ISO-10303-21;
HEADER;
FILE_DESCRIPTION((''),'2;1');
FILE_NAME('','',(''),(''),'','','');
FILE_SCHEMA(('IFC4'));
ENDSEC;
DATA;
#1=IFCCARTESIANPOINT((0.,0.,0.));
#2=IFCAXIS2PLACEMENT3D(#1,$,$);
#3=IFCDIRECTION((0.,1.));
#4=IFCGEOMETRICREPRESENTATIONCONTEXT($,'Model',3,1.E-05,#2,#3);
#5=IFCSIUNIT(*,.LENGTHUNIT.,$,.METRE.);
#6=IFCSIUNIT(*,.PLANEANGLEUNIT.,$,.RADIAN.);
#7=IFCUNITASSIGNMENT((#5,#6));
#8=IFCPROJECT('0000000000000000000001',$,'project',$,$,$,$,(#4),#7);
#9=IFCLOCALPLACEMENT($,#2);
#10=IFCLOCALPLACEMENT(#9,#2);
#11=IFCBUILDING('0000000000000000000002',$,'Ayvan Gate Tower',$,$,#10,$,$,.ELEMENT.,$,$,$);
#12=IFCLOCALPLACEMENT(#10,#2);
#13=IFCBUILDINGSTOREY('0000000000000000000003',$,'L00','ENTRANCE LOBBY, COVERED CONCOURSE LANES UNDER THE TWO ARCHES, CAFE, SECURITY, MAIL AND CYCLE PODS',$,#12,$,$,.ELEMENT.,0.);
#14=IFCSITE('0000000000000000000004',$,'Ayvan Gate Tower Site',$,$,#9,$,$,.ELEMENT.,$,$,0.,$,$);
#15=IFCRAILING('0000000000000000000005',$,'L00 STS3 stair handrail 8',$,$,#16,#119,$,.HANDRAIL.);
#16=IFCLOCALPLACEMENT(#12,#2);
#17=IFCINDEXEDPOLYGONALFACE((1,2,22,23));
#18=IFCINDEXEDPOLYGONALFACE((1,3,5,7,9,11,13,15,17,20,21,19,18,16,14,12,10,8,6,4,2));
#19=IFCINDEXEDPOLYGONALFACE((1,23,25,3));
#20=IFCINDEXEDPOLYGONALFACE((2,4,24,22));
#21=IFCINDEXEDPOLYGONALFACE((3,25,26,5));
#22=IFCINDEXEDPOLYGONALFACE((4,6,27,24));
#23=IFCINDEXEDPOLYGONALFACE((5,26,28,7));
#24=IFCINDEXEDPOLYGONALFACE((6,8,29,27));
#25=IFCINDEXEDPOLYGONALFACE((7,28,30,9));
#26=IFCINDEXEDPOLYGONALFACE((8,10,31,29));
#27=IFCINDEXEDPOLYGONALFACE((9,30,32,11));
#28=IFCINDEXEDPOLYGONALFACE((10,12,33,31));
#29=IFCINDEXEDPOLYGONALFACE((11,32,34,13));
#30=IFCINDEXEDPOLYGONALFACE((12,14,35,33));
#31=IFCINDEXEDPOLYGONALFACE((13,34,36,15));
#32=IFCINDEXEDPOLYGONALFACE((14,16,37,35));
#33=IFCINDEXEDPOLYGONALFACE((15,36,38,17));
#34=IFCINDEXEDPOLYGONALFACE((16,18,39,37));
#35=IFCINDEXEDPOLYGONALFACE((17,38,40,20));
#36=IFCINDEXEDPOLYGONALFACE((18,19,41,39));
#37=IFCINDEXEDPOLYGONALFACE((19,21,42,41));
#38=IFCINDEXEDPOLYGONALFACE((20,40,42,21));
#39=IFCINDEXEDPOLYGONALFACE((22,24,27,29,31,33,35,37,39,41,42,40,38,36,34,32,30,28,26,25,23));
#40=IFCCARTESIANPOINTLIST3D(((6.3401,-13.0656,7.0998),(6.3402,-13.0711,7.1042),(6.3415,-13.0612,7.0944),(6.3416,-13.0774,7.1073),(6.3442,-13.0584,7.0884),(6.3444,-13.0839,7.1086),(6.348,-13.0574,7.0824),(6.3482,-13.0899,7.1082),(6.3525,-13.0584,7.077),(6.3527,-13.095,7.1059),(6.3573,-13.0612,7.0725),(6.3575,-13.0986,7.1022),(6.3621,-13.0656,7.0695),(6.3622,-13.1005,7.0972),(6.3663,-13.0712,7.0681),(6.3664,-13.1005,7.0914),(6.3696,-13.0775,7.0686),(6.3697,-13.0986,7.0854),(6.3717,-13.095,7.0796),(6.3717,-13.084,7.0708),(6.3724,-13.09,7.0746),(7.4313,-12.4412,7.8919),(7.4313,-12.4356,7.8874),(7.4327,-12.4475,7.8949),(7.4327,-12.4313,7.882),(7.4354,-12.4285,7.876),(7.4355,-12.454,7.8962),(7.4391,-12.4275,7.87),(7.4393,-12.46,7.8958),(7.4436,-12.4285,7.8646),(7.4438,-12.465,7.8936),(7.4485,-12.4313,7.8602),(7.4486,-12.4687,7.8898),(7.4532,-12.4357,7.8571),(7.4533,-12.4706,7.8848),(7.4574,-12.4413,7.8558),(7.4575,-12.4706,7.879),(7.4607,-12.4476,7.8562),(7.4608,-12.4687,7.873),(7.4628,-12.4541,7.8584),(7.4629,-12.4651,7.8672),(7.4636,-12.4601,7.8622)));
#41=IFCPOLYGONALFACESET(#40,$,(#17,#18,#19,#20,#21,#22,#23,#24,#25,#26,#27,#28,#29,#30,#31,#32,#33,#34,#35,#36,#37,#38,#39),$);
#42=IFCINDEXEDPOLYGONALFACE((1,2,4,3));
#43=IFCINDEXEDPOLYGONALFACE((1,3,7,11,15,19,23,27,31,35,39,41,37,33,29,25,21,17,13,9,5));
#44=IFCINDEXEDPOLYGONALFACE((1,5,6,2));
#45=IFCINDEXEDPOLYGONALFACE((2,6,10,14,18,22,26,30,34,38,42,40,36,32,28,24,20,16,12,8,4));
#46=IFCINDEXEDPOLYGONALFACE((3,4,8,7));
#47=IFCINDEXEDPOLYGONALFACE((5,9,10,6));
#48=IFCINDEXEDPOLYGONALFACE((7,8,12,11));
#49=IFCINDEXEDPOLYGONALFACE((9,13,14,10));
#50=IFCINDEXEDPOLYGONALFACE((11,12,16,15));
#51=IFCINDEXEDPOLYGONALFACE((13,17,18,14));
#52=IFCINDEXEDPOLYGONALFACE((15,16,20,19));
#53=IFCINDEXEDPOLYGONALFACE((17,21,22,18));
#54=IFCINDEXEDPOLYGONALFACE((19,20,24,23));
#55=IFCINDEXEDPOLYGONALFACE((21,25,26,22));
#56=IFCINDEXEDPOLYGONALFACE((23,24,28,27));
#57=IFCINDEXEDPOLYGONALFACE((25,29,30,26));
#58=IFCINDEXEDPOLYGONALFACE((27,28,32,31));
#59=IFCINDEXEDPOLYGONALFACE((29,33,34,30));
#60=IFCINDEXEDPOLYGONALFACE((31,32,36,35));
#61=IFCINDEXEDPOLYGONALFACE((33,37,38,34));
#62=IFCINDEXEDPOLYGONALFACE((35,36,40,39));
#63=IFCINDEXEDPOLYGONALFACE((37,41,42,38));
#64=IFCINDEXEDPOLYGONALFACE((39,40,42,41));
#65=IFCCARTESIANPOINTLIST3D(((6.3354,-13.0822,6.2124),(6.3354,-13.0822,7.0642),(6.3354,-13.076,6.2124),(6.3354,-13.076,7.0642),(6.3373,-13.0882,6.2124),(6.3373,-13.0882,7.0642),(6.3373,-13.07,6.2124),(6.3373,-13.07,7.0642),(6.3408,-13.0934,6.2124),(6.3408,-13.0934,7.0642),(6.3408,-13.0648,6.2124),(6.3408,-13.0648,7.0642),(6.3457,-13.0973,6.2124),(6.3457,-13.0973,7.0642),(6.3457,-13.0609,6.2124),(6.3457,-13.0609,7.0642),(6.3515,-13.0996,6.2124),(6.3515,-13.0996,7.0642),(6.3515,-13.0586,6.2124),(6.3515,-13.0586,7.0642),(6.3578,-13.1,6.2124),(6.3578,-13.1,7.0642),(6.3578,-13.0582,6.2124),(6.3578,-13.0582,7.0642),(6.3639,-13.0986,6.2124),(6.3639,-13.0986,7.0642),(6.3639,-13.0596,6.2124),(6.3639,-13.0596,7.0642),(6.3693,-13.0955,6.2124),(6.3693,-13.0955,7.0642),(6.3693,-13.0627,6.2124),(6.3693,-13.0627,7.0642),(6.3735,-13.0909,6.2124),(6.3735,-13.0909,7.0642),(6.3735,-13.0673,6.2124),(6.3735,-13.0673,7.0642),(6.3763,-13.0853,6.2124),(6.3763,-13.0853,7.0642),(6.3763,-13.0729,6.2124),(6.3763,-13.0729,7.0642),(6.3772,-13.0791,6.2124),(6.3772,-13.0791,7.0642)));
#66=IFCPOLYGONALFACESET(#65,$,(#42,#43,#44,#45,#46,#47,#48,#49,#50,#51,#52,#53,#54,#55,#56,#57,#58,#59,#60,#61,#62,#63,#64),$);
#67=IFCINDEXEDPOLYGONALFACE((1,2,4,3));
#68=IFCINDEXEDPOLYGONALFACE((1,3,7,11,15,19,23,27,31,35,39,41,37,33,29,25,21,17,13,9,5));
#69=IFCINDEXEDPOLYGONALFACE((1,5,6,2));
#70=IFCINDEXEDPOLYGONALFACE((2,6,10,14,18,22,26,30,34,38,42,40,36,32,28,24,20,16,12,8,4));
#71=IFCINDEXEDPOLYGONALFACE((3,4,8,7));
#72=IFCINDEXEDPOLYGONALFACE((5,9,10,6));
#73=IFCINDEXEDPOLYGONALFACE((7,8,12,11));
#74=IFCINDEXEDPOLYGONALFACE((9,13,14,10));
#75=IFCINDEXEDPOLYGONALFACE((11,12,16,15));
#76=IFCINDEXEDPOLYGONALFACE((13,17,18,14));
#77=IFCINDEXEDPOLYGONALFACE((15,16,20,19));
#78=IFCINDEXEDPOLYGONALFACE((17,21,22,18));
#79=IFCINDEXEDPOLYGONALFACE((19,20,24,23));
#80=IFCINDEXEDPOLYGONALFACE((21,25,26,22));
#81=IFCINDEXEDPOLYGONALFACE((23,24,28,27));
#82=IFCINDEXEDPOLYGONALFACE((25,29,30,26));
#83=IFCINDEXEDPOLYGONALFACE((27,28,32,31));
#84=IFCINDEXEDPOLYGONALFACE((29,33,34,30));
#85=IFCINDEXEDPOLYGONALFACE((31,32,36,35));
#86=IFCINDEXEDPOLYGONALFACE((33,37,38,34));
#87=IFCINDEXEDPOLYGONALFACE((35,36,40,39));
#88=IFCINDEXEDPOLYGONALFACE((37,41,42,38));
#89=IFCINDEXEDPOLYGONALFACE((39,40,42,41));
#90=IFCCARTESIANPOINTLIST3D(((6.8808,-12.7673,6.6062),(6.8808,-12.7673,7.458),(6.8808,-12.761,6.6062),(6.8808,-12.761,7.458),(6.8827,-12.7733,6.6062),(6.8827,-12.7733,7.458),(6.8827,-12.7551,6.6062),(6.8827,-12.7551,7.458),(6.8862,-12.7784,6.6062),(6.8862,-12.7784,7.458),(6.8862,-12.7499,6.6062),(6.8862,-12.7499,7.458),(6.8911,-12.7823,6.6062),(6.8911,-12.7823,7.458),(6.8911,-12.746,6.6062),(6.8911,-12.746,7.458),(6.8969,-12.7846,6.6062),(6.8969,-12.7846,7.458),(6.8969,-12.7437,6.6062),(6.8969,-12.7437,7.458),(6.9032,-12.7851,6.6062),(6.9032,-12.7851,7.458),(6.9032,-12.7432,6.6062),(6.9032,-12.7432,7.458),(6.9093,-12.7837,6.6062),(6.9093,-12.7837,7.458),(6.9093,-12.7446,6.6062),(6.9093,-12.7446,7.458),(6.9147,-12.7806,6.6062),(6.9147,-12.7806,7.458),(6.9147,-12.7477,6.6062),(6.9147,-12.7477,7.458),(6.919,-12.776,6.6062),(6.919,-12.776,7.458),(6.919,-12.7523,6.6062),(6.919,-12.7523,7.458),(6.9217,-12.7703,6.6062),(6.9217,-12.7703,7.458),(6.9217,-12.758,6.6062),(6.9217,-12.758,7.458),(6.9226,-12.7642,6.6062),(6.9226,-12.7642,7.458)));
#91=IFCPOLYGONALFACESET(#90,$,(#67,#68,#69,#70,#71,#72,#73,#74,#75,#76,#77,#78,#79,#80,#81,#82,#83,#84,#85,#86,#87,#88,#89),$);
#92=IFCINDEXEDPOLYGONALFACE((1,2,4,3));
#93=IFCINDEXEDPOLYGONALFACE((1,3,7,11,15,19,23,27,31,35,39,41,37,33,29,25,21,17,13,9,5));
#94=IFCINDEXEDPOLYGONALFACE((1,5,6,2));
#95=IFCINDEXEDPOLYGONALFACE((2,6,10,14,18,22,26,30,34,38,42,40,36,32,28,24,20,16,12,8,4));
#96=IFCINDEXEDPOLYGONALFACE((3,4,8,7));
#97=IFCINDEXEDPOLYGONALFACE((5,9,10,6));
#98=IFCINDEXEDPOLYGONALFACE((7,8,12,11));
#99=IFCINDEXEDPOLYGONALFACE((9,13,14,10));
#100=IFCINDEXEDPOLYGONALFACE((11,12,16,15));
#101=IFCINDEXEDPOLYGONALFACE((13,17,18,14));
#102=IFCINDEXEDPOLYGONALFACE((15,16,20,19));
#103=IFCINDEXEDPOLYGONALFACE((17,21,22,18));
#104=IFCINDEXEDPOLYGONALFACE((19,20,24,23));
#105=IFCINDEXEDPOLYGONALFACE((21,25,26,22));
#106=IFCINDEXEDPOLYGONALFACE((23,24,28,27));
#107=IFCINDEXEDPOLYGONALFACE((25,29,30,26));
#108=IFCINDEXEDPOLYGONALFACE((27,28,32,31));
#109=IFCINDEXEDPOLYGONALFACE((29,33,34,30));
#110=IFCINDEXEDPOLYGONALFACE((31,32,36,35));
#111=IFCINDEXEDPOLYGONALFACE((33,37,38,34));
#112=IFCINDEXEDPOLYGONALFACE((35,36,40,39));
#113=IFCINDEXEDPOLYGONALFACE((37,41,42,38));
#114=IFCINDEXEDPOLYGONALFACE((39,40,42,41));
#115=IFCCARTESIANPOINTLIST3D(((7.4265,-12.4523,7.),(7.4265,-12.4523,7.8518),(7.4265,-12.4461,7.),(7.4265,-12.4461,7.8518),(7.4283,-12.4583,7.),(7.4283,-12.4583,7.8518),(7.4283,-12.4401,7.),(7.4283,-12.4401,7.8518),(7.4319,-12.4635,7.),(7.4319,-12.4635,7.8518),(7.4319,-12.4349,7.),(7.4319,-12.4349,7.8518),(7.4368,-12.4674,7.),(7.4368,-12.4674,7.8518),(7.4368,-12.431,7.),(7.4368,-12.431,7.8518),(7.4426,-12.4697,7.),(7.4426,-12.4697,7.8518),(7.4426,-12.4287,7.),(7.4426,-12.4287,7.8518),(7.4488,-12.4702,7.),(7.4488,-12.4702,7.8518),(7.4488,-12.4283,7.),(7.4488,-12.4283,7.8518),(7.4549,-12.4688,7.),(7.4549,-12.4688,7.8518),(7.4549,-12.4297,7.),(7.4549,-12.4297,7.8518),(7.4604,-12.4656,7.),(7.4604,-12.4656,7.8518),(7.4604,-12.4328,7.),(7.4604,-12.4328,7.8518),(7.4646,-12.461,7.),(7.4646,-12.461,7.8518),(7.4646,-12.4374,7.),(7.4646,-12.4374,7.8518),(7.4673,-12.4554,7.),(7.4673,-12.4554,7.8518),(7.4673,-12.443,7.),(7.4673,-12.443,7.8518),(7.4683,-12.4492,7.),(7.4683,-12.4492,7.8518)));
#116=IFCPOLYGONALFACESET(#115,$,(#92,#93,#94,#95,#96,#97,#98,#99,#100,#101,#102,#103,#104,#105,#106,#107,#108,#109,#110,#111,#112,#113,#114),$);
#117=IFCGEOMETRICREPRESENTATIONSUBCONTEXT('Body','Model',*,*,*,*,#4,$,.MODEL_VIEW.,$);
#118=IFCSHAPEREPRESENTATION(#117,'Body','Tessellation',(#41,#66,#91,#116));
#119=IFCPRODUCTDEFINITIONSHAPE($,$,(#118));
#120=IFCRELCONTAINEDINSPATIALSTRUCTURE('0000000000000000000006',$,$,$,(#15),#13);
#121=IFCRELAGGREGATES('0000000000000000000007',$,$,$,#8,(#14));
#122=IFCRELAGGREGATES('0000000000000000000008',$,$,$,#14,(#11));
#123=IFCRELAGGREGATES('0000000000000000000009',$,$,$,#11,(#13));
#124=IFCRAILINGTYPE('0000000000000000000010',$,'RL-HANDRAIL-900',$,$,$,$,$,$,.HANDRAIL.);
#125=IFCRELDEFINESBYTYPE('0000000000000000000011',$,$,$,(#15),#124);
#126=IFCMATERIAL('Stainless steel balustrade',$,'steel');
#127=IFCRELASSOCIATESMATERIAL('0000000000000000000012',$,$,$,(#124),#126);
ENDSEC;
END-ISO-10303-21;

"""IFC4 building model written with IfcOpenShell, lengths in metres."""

from ifc_helpers import new_model, si_unit, direction, frame, origin, origin_2d, place, context, subcontext, project, spatial, circle, extrude, material, type_object, element, save


model = new_model("IFC4")

# Units and contexts
model_context = context("Model", 3, precision=1e-05, world=origin(), true_north=direction((0.0, 1.0)))
body_context = subcontext(model_context, "Body", "Model", "MODEL_VIEW")
ifc_project = project(units=[si_unit("LENGTHUNIT", "METRE"), si_unit("PLANEANGLEUNIT", "RADIAN")], contexts=[model_context])

# Site, building, storey
site_placement = place(None, origin())
site = spatial("IfcSite", under=ifc_project, at=site_placement, Name="Ayvan Gate Tower Site", CompositionType="ELEMENT", RefElevation=0.0)
building_placement = place(site_placement, origin())
building = spatial("IfcBuilding", under=site, at=building_placement, Name="Ayvan Gate Tower", CompositionType="ELEMENT")
storey_placement = place(building_placement, origin())
storey = spatial("IfcBuildingStorey", under=building, at=storey_placement, Name="L00", Description="ENTRANCE LOBBY, COVERED CONCOURSE LANES UNDER THE TWO ARCHES, CAFE, SECURITY, MAIL AND CYCLE PODS", CompositionType="ELEMENT", Elevation=0.0)

# Railing
ifc_material_1 = material(Name="Stainless steel balustrade", Category="steel")
railing_type_1 = type_object("IfcRailingType", Name="RL-HANDRAIL-900", PredefinedType="HANDRAIL", material=ifc_material_1)
railing_1_placement = place(storey_placement, frame((6.3562, -13.0791, 6.2124)))
element("IfcRailing", 1, at=railing_1_placement, inside=storey, type_object=railing_type_1, Name="L00 STS3 stair handrail 8", PredefinedType="HANDRAIL", context=body_context, shape_type="SweptSolid", body=[
    extrude(circle(Radius=0.0239, at=origin_2d()), frame((0.0, 0.0, 0.876), z_axis=(0.734347, 0.423946, 0.530097), x_axis=(-0.499974, 0.86604, 0.0)), (0.0, 0.0, 1.0), 1.4858),
    extrude(circle(Radius=0.021, at=origin_2d()), origin(), (0.0, 0.0, 1.0), 0.8518),
    extrude(circle(Radius=0.021, at=origin_2d()), frame((0.5454, 0.3149, 0.3938)), (0.0, 0.0, 1.0), 0.8518),
    extrude(circle(Radius=0.021, at=origin_2d()), frame((1.0911, 0.6299, 0.7876)), (0.0, 0.0, 1.0), 0.8518),
])

save(model, "model.ifc")
